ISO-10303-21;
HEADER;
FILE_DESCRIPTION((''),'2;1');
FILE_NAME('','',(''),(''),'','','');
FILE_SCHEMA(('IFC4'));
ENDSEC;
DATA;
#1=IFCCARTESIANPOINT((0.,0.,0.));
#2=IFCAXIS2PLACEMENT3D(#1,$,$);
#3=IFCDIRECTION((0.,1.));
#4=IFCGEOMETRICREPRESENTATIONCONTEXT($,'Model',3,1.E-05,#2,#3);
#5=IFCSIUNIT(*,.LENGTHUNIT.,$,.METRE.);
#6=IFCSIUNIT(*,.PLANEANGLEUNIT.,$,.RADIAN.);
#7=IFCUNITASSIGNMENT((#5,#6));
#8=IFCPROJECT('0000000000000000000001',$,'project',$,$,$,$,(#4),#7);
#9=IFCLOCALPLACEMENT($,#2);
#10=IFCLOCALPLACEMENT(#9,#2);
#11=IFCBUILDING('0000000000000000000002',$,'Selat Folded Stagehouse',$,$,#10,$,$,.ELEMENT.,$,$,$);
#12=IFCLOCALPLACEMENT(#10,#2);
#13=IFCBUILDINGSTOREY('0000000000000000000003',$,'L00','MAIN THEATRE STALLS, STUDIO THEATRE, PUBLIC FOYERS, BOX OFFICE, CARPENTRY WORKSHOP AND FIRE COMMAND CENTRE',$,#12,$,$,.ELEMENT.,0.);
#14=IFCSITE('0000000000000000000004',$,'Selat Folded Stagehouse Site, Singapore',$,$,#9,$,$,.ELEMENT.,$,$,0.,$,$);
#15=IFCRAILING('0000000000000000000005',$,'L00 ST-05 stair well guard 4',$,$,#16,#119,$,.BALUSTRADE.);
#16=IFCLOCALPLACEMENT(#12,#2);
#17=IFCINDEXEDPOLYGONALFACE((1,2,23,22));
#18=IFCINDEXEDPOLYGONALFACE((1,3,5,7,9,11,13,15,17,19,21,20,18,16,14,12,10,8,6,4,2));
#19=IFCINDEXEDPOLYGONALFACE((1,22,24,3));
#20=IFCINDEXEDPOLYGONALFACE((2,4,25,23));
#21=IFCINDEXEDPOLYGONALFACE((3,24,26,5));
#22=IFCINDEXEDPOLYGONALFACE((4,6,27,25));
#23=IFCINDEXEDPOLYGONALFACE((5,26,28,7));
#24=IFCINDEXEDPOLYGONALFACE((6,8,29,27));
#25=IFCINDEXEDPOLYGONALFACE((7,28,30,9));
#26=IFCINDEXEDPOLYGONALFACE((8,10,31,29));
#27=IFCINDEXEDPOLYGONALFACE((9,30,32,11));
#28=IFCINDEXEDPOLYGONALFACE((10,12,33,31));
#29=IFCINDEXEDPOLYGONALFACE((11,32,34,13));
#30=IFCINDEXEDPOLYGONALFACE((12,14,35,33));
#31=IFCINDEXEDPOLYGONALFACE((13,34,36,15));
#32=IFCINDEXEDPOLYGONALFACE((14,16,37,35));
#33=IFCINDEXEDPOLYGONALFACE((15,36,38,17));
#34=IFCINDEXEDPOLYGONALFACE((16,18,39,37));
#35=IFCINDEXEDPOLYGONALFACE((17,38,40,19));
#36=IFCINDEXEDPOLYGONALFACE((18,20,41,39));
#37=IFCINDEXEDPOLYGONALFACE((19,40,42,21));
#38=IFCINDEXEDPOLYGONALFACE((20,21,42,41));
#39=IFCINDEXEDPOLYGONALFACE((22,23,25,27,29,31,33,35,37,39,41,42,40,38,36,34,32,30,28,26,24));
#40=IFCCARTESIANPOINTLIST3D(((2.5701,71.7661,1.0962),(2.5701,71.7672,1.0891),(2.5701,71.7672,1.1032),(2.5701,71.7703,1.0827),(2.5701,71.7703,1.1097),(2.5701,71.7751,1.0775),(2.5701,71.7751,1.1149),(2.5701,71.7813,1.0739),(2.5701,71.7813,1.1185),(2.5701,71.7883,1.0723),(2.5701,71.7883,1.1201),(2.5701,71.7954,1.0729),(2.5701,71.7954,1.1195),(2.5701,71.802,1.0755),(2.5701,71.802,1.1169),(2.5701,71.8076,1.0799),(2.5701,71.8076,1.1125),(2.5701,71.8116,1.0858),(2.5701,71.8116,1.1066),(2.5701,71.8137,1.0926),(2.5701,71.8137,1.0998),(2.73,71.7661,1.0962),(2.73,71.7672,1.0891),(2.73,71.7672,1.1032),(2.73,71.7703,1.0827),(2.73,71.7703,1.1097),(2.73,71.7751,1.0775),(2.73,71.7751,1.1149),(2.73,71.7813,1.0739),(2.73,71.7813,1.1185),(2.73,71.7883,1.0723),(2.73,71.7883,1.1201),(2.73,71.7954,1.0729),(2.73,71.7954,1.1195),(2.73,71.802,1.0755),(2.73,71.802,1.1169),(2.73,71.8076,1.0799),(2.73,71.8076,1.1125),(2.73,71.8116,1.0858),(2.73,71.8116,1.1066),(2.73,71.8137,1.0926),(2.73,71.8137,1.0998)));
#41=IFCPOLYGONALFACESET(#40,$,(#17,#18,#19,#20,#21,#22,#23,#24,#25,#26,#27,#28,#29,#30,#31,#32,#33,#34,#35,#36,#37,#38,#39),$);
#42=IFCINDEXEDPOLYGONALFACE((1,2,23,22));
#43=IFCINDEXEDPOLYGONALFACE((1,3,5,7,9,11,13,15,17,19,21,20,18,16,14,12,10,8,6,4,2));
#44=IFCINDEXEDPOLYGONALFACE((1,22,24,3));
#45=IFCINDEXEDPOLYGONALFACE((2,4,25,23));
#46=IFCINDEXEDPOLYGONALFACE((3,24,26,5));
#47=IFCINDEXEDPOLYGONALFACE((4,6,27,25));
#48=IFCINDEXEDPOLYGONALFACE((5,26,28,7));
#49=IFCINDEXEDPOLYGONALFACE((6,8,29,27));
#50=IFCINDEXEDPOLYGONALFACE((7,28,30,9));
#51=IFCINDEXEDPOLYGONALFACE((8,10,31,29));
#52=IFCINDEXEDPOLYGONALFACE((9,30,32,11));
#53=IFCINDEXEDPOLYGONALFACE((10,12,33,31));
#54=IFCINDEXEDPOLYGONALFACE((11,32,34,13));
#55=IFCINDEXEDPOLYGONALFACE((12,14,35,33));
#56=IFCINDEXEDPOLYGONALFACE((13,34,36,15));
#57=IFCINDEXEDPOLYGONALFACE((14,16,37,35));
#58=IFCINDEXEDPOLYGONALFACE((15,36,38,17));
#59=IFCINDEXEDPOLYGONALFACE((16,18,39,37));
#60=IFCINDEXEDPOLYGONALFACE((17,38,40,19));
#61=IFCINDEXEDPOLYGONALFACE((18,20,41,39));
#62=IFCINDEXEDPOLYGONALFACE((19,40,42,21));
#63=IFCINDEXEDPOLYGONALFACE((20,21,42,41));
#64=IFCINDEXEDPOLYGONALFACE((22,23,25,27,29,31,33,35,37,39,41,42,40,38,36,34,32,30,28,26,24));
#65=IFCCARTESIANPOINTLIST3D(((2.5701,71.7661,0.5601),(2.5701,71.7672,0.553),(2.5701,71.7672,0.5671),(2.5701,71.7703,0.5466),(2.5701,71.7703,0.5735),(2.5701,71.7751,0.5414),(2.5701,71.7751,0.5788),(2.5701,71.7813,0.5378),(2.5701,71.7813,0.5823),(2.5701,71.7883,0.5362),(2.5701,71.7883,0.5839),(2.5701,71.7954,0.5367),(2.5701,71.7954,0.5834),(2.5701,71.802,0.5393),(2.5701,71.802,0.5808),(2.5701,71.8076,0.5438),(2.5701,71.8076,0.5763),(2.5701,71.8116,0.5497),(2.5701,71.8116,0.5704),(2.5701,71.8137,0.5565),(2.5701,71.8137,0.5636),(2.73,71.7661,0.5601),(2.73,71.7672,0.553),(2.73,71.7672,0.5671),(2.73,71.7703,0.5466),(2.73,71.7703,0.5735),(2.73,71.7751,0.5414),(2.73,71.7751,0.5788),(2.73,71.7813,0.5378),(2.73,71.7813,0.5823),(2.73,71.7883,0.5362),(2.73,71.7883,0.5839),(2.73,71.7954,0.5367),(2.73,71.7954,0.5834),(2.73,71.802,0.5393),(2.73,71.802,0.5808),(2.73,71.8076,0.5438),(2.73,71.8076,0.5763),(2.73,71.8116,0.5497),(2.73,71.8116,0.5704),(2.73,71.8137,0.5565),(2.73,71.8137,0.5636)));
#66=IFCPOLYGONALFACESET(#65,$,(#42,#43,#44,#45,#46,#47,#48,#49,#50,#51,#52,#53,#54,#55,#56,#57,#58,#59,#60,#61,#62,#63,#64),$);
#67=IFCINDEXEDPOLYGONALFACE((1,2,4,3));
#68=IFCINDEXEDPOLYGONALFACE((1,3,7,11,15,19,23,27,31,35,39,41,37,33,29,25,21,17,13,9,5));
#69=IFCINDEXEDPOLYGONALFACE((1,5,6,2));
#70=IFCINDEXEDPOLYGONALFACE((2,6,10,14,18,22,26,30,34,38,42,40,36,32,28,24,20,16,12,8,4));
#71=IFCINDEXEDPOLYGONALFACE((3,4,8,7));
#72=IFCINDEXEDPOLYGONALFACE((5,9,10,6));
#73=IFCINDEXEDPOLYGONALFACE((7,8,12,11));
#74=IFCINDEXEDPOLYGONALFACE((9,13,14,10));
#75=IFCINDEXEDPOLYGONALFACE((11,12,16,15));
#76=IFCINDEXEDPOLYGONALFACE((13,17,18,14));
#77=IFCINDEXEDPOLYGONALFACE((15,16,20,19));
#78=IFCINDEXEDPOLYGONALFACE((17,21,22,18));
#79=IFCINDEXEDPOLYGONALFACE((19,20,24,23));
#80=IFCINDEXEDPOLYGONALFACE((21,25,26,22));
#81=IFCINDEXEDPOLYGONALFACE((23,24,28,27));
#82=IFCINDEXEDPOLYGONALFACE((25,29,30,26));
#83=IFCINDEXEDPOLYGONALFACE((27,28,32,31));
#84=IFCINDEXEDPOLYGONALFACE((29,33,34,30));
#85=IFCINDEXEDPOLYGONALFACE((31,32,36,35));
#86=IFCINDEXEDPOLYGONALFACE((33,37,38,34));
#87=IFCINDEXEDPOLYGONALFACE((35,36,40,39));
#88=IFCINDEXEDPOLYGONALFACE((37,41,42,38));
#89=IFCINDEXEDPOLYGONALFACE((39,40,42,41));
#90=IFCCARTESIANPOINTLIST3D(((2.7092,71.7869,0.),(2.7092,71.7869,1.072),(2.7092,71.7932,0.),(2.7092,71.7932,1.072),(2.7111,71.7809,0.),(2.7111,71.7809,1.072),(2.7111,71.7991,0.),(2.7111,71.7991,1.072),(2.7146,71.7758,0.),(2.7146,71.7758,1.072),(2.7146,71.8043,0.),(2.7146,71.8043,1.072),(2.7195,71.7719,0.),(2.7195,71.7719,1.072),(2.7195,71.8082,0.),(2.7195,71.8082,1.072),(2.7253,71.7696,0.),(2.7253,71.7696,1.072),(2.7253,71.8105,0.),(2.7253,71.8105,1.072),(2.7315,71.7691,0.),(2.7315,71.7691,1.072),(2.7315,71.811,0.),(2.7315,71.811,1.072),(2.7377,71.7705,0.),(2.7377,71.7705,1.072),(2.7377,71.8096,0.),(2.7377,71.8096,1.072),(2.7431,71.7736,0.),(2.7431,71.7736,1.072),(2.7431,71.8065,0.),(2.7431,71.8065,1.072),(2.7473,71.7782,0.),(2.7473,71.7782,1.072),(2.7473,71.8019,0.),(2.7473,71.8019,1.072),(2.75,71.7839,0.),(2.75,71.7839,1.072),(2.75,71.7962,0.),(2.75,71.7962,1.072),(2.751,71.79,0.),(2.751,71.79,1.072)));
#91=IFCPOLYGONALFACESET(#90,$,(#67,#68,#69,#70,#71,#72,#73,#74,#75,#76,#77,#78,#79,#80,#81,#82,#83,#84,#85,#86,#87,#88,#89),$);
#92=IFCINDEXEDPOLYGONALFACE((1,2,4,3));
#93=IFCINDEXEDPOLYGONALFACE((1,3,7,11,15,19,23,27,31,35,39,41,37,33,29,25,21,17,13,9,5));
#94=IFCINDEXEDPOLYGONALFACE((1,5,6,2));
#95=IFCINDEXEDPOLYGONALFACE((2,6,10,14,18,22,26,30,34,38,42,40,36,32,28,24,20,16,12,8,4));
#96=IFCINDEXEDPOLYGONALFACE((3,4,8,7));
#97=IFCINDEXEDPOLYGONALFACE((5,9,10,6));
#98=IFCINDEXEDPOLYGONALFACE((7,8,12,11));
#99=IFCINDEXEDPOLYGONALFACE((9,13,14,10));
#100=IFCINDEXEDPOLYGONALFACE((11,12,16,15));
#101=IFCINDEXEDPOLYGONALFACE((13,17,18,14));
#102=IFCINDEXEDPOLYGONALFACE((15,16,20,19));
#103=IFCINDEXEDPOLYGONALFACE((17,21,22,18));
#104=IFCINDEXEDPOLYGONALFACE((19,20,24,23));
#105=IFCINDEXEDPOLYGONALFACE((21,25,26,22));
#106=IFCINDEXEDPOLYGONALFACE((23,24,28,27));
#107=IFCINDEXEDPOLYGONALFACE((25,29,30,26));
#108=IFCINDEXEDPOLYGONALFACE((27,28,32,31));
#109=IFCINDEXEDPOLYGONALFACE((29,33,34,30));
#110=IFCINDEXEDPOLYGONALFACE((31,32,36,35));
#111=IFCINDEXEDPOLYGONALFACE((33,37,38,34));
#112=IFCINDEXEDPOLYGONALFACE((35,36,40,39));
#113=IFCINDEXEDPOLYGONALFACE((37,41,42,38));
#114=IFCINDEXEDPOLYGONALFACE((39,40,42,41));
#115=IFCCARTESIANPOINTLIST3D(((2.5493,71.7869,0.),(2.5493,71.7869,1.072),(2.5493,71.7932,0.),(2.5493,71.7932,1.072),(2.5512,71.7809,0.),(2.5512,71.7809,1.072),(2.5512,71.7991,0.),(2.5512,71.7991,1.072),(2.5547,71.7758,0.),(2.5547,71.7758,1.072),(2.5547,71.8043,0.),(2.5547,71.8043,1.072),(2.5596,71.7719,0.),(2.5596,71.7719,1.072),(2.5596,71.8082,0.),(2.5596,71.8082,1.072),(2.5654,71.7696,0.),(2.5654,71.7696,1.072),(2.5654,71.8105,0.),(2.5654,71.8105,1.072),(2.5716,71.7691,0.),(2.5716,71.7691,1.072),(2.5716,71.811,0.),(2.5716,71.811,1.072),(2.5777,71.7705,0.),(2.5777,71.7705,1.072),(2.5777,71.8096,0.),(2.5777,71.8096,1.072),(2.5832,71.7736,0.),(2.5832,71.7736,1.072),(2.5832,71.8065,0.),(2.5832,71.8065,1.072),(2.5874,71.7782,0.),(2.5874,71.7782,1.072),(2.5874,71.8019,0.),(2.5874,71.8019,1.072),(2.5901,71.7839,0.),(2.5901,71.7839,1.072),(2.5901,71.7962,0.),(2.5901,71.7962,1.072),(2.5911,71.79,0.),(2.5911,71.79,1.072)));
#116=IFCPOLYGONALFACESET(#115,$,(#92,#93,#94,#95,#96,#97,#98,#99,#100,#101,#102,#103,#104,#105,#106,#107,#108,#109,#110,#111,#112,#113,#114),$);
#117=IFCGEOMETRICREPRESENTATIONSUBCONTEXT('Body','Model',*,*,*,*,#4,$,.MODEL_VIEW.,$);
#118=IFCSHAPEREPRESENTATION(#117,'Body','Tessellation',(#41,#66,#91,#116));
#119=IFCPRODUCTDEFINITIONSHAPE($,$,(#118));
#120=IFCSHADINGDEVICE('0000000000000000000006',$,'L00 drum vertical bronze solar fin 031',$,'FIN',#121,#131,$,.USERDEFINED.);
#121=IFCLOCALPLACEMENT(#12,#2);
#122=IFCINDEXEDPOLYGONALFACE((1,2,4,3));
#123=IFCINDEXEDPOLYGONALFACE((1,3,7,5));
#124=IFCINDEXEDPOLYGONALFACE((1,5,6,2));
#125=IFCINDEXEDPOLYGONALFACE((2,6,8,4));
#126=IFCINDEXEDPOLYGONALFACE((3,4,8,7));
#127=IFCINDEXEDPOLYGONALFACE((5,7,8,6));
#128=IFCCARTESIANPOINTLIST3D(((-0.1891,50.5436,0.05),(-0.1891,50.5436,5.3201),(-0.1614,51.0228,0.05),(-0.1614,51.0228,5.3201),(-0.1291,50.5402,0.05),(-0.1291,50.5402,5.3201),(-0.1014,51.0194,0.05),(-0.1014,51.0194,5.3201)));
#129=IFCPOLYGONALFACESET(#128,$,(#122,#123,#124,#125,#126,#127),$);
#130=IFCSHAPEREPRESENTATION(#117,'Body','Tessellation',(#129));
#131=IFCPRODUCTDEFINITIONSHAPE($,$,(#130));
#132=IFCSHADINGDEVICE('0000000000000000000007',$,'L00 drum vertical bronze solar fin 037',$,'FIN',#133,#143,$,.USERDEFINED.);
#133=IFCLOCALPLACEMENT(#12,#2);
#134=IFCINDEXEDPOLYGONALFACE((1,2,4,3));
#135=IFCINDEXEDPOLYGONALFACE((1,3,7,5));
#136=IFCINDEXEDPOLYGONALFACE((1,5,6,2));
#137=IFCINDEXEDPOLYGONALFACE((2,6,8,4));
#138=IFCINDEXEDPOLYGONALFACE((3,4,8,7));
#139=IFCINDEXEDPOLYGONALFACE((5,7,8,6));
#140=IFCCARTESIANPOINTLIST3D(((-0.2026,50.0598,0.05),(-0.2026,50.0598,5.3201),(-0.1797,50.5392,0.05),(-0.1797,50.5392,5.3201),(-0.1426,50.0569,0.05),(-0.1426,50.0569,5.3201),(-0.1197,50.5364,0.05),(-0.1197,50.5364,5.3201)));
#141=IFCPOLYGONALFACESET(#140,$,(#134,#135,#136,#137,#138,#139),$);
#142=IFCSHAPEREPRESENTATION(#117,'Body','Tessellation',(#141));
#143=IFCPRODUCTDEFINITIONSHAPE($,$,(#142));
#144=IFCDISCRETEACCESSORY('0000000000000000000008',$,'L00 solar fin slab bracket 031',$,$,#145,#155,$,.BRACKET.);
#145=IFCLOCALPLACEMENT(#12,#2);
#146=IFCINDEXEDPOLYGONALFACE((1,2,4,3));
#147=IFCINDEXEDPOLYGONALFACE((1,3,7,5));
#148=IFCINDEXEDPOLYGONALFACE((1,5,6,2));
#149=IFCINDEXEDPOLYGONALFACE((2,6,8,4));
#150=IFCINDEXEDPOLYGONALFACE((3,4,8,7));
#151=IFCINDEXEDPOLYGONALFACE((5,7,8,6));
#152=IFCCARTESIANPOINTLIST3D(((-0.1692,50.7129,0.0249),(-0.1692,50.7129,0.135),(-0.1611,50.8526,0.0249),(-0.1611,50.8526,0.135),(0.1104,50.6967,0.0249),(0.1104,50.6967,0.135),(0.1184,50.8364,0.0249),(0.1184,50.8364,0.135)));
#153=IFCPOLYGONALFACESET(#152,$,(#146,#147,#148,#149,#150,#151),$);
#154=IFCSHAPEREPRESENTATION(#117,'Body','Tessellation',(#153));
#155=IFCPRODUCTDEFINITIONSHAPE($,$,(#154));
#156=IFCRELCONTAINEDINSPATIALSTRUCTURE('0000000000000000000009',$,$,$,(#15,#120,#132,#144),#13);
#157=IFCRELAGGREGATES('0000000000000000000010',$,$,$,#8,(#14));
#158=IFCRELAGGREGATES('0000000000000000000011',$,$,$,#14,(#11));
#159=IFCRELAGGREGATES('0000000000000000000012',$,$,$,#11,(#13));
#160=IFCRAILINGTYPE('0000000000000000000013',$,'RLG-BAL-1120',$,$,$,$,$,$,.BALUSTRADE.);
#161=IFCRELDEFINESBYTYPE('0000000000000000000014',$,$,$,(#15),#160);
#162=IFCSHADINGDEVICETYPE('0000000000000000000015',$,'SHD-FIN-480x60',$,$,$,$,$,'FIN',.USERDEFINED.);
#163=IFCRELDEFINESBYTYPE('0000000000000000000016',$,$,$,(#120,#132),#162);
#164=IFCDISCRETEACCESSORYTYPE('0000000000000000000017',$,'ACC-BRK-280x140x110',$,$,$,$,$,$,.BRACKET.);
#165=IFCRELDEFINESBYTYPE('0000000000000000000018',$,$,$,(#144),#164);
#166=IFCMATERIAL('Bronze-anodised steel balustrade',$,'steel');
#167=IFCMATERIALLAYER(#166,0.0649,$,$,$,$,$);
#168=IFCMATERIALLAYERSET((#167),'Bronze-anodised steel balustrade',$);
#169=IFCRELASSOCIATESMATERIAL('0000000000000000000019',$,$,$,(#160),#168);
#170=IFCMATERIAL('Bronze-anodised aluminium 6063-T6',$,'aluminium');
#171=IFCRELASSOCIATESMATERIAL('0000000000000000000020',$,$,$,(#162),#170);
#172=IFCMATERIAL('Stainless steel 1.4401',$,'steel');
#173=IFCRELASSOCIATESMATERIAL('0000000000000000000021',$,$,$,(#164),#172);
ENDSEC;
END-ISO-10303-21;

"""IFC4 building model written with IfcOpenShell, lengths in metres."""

from ifc_helpers import new_model, si_unit, direction, frame, origin, origin_2d, place, context, subcontext, project, spatial, rectangle, circle, extrude, material, layer, layer_set, material_profile, profile_set, type_object, element, save


model = new_model("IFC4")

# Units and contexts
model_context = context("Model", 3, precision=1e-05, world=origin(), true_north=direction((0.0, 1.0)))
body_context = subcontext(model_context, "Body", "Model", "MODEL_VIEW")
ifc_project = project(units=[si_unit("LENGTHUNIT", "METRE"), si_unit("PLANEANGLEUNIT", "RADIAN")], contexts=[model_context])

# Site, building, storey
site_placement = place(None, origin())
site = spatial("IfcSite", under=ifc_project, at=site_placement, Name="Selat Folded Stagehouse Site, Singapore", CompositionType="ELEMENT", RefElevation=0.0)
building_placement = place(site_placement, origin())
building = spatial("IfcBuilding", under=site, at=building_placement, Name="Selat Folded Stagehouse", CompositionType="ELEMENT")
storey_placement = place(building_placement, origin())
storey = spatial("IfcBuildingStorey", under=building, at=storey_placement, Name="L00", Description="MAIN THEATRE STALLS, STUDIO THEATRE, PUBLIC FOYERS, BOX OFFICE, CARPENTRY WORKSHOP AND FIRE COMMAND CENTRE", CompositionType="ELEMENT", Elevation=0.0)

# Railing
ifc_material_1 = material(Name="Bronze-anodised steel balustrade", Category="steel")
ifc_layer_1 = layer(ifc_material_1, 0.0649)
ifc_layer_set_1 = layer_set([ifc_layer_1], Name="Bronze-anodised steel balustrade")
railing_type = type_object("IfcRailingType", Name="RLG-BAL-1120", PredefinedType="BALUSTRADE", material=ifc_layer_set_1)
railing_placement = place(storey_placement, frame((2.73, 71.79, 0.0)))
element("IfcRailing", 1, at=railing_placement, inside=storey, type_object=railing_type, Name="L00 ST-05 stair well guard 4", PredefinedType="BALUSTRADE", context=body_context, shape_type="SweptSolid", body=[
    extrude(circle(Radius=0.0239, at=origin_2d()), frame((0.0, 0.0, 1.0962), z_axis=(-1.0, 0.0, 0.0), x_axis=(0.0, -1.0, 0.0)), (0.0, 0.0, 1.0), 0.1599),
    extrude(circle(Radius=0.0239, at=origin_2d()), frame((0.0, 0.0, 0.5601), z_axis=(-1.0, 0.0, 0.0), x_axis=(0.0, -1.0, 0.0)), (0.0, 0.0, 1.0), 0.1599),
    extrude(circle(Radius=0.021, at=origin_2d()), origin(), (0.0, 0.0, 1.0), 1.072),
    extrude(circle(Radius=0.021, at=origin_2d()), frame((-0.1599, 0.0, 0.0)), (0.0, 0.0, 1.0), 1.072),
])

# Shading devices
ifc_material_2 = material(Name="Bronze-anodised aluminium 6063-T6", Category="aluminium")
ifc_material_profile_1 = material_profile(ifc_material_2, rectangle(XDim=0.0601, YDim=0.48, at=origin_2d()), Name="SOLAR-FIN 480x60")
ifc_profile_set_1 = profile_set([ifc_material_profile_1], Name="Bronze-anodised aluminium 6063-T6")
shading_device_type = type_object("IfcShadingDeviceType", Name="SHD-FIN-480x60", ElementType="FIN", PredefinedType="USERDEFINED", material=ifc_profile_set_1)
for number, where, z_axis, x_axis, name in (
    (2, (-0.1453, 50.7815, 0.05), (0.0, 0.0, 1.0), (-0.998332, 0.057738, 0.0), "L00 drum vertical bronze solar fin 031"),
    (3, (-0.1611, 50.2981, 0.05), (0.0, 0.0, 1.0), (-0.998865, 0.047629, 0.0), "L00 drum vertical bronze solar fin 037"),
):
    element("IfcShadingDevice", number, at=place(storey_placement, frame(where, z_axis=z_axis, x_axis=x_axis)), inside=storey, type_object=shading_device_type, Name=name, ObjectType="FIN", PredefinedType="USERDEFINED", context=body_context, shape_type="SweptSolid", body=[
        extrude(rectangle(XDim=0.0601, YDim=0.48, at=origin_2d()), origin(), (0.0, 0.0, 1.0), 5.27),
    ])

# Discrete accessory
ifc_material_3 = material(Name="Stainless steel 1.4401", Category="steel")
discrete_accessory_type = type_object("IfcDiscreteAccessoryType", Name="ACC-BRK-280x140x110", PredefinedType="BRACKET", material=ifc_material_3)
discrete_accessory_placement = place(storey_placement, frame((-0.0254, 50.7747, 0.0249), z_axis=(0.0, 0.0, 1.0), x_axis=(-0.998332, 0.057738, 0.0)))
element("IfcDiscreteAccessory", 4, at=discrete_accessory_placement, inside=storey, type_object=discrete_accessory_type, Name="L00 solar fin slab bracket 031", PredefinedType="BRACKET", context=body_context, shape_type="SweptSolid", body=[
    extrude(rectangle(XDim=0.28, YDim=0.1399, at=origin_2d()), origin(), (0.0, 0.0, 1.0), 0.1101),
])

save(model, "model.ifc")
